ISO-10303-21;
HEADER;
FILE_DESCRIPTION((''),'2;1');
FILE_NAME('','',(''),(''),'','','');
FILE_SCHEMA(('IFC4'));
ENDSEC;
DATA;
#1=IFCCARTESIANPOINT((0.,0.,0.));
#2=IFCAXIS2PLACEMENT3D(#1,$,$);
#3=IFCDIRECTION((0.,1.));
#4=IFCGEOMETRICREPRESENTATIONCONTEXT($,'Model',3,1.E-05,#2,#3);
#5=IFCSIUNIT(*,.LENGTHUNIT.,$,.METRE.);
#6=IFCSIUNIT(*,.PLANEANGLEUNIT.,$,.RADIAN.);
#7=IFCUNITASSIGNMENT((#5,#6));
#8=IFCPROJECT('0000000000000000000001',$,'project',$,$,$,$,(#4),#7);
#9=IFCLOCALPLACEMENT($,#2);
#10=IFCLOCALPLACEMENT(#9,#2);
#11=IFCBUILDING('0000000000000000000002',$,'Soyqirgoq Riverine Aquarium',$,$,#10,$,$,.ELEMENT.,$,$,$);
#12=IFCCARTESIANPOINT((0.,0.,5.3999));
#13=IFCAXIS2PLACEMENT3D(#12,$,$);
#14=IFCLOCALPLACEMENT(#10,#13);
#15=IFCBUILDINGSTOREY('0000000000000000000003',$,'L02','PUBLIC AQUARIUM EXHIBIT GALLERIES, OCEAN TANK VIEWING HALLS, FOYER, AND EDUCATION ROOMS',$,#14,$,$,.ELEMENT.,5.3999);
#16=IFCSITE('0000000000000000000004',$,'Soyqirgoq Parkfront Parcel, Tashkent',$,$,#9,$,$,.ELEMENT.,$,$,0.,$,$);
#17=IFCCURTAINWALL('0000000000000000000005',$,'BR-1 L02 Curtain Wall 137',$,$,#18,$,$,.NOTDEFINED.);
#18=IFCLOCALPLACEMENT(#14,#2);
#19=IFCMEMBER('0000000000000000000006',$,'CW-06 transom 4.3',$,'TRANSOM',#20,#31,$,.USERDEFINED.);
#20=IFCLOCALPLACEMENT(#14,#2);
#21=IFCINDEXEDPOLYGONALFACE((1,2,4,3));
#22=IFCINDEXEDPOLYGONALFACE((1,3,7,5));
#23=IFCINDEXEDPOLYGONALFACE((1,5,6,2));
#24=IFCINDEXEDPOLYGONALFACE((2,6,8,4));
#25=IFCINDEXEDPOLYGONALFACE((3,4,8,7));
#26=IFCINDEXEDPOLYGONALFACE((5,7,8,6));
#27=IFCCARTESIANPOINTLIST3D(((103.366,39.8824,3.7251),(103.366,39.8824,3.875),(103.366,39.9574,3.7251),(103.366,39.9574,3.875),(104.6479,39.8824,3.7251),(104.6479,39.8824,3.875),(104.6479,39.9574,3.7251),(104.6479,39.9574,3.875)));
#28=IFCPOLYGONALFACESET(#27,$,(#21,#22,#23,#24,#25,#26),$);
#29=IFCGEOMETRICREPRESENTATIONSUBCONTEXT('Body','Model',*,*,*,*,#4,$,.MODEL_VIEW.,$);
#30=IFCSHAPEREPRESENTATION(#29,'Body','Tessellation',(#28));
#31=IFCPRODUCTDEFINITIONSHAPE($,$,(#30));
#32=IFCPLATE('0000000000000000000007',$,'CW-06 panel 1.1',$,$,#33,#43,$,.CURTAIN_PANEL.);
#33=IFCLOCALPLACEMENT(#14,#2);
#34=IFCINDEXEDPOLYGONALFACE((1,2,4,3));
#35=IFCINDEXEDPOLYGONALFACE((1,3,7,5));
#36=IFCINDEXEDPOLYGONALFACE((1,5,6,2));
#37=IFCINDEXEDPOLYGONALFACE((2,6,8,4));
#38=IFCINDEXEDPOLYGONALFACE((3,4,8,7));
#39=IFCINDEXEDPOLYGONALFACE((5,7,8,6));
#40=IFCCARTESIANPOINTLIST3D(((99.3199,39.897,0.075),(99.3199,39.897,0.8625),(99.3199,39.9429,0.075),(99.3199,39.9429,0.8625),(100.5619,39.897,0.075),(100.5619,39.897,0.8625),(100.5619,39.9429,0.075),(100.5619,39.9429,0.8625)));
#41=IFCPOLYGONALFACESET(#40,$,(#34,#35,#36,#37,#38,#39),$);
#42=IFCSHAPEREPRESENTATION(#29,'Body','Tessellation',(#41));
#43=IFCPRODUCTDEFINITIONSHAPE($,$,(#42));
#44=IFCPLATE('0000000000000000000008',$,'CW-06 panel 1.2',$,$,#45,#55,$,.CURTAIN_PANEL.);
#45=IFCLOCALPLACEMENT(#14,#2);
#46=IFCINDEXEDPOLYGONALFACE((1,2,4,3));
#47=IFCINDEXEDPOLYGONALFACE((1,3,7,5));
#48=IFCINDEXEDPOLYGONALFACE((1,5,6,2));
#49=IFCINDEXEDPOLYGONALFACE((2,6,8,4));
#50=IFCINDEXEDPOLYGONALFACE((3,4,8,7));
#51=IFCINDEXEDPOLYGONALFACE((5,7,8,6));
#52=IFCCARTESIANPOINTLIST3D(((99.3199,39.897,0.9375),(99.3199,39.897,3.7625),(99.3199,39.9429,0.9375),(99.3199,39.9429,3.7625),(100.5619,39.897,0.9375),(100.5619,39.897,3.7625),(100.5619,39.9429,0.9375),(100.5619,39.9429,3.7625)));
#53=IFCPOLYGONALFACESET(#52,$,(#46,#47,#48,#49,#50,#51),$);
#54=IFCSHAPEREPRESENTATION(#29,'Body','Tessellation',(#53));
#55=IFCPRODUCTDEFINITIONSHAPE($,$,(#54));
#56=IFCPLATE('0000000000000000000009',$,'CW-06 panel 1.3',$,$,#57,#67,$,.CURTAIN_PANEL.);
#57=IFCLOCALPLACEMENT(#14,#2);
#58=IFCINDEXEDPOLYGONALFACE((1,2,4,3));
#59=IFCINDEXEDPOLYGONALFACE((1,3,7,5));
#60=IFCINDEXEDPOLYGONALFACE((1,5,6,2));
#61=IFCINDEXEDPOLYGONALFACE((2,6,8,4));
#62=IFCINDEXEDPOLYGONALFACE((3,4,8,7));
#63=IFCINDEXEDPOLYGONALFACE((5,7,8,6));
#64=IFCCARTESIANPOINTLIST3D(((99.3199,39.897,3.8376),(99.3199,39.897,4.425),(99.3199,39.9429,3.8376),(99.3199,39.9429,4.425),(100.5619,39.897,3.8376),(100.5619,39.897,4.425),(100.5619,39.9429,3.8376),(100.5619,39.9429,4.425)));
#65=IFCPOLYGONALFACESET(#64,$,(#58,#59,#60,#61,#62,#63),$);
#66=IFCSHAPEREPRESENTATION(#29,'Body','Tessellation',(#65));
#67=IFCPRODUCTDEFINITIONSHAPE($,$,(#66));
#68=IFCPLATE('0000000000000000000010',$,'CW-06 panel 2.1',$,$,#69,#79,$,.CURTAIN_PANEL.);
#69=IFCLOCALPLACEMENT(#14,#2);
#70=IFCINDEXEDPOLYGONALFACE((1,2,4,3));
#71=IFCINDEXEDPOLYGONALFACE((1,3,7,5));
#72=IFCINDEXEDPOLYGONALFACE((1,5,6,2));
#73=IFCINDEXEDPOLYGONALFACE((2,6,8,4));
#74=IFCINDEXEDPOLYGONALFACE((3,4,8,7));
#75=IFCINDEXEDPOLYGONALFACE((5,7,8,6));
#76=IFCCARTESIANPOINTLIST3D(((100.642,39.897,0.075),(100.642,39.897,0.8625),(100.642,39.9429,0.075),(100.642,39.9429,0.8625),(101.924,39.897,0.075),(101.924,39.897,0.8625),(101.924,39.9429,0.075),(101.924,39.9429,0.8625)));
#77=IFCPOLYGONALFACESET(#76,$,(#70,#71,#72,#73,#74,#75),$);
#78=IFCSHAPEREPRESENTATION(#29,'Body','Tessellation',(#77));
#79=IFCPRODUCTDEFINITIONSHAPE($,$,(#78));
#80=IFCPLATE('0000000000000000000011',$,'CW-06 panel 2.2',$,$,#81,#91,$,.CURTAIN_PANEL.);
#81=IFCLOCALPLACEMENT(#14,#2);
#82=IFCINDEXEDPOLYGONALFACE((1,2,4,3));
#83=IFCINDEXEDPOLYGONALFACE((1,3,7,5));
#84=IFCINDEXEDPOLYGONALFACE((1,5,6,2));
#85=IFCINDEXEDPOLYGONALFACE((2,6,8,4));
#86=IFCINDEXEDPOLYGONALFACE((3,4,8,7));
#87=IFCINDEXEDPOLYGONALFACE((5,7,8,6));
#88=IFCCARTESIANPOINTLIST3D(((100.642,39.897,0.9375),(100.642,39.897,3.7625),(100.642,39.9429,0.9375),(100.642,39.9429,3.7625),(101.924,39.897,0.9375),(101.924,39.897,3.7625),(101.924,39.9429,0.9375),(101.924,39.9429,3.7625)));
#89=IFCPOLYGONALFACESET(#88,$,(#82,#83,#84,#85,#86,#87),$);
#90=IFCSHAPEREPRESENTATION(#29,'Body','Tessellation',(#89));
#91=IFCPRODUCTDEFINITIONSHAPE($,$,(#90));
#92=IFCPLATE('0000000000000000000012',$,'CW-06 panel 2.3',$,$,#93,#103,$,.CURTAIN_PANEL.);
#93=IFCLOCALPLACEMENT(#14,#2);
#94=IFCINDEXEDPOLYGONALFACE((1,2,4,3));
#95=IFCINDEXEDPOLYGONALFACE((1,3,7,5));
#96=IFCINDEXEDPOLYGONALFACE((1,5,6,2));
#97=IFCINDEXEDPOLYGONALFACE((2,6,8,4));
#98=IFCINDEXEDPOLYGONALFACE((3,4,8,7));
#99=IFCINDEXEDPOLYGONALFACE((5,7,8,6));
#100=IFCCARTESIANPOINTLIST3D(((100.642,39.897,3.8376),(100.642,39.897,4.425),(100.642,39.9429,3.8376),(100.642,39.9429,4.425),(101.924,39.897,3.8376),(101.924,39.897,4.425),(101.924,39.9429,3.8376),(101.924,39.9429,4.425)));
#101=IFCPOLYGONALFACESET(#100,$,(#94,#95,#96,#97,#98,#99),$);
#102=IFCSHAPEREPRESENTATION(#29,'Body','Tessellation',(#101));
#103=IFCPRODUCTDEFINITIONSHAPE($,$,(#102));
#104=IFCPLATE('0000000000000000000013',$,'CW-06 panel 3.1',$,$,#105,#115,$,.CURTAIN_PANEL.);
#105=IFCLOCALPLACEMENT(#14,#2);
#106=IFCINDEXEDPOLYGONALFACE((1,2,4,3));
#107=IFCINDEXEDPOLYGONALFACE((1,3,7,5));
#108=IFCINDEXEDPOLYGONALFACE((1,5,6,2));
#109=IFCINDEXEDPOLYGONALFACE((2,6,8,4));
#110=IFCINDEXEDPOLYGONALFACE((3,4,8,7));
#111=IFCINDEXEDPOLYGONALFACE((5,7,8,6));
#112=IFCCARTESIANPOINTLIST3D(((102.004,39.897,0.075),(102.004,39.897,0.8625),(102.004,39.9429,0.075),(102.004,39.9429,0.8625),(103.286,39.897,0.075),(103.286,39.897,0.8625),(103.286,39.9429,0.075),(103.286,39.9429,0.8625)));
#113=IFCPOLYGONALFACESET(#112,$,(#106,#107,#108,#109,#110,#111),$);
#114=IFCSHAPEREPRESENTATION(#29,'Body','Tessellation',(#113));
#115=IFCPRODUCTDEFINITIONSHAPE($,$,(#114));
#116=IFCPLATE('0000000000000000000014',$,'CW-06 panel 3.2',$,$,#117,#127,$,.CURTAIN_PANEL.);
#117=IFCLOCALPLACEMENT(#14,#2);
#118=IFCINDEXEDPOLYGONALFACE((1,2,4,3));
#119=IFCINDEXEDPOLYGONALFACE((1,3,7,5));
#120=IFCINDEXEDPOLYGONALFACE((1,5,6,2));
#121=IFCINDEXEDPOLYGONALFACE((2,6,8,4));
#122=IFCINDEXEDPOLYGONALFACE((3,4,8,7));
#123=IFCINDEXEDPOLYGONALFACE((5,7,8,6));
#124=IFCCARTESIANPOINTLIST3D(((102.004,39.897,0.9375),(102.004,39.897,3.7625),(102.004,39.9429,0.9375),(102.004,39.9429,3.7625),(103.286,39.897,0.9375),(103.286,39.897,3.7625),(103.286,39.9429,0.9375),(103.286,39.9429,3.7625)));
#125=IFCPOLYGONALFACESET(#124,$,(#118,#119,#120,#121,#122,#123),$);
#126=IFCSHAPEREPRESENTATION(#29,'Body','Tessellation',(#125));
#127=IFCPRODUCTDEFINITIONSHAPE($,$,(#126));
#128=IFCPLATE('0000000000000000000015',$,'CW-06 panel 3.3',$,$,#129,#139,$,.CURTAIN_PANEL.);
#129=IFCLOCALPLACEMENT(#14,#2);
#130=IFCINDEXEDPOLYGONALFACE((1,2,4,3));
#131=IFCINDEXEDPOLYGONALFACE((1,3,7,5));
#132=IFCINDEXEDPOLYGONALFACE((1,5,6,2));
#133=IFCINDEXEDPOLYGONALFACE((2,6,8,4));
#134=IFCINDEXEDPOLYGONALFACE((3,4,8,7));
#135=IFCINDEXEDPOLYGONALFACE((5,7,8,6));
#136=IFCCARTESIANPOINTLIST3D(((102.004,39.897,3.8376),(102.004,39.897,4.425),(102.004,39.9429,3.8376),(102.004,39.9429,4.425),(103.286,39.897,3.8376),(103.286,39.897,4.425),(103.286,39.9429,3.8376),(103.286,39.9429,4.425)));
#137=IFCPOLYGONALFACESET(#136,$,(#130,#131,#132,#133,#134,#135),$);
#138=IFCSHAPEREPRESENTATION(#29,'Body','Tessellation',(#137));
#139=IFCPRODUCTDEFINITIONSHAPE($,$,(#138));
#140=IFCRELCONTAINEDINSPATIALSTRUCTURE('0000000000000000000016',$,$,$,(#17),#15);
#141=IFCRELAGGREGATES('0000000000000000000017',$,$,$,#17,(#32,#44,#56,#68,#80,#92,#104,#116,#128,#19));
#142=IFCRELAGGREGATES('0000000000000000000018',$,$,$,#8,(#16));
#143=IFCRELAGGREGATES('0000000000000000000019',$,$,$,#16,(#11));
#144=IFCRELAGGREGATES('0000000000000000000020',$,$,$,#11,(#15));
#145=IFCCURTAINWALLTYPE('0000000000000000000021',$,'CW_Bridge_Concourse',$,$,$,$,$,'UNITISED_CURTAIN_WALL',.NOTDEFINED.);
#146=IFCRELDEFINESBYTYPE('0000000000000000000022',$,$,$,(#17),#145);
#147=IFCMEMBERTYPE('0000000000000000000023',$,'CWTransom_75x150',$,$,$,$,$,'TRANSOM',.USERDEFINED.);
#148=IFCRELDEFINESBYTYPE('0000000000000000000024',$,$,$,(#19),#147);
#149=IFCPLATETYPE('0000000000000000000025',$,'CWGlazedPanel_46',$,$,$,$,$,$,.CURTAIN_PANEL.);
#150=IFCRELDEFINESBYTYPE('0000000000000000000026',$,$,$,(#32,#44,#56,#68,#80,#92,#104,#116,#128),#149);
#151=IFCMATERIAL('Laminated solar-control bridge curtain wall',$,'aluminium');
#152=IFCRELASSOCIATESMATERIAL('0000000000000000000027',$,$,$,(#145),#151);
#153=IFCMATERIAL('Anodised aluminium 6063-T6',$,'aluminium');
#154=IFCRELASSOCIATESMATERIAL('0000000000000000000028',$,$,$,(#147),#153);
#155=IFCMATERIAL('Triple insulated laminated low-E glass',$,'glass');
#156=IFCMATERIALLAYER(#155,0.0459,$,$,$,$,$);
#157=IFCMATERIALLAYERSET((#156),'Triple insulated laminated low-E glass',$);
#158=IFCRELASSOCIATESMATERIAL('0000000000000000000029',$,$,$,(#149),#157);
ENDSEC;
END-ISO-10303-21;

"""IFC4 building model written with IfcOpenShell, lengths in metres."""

from ifc_helpers import new_model, si_unit, direction, frame, origin, origin_2d, place, context, subcontext, project, spatial, rectangle, extrude, material, layer, layer_set, material_profile, profile_set, type_object, element, aggregate, save


model = new_model("IFC4")

# Units and contexts
model_context = context("Model", 3, precision=1e-05, world=origin(), true_north=direction((0.0, 1.0)))
body_context = subcontext(model_context, "Body", "Model", "MODEL_VIEW")
ifc_project = project(units=[si_unit("LENGTHUNIT", "METRE"), si_unit("PLANEANGLEUNIT", "RADIAN")], contexts=[model_context])

# Site, building, storey
site_placement = place(None, origin())
site = spatial("IfcSite", under=ifc_project, at=site_placement, Name="Soyqirgoq Parkfront Parcel, Tashkent", CompositionType="ELEMENT", RefElevation=0.0)
building_placement = place(site_placement, origin())
building = spatial("IfcBuilding", under=site, at=building_placement, Name="Soyqirgoq Riverine Aquarium", CompositionType="ELEMENT")
storey_placement = place(building_placement, frame((0.0, 0.0, 5.3999)))
storey = spatial("IfcBuildingStorey", under=building, at=storey_placement, Name="L02", Description="PUBLIC AQUARIUM EXHIBIT GALLERIES, OCEAN TANK VIEWING HALLS, FOYER, AND EDUCATION ROOMS", CompositionType="ELEMENT", Elevation=5.3999)

# Curtain wall, member, plates
ifc_material_1 = material(Name="Laminated solar-control bridge curtain wall", Category="aluminium")
curtain_wall_type = type_object("IfcCurtainWallType", Name="CW_Bridge_Concourse", ElementType="UNITISED_CURTAIN_WALL", PredefinedType="NOTDEFINED", material=ifc_material_1)
curtain_wall_placement = place(storey_placement, origin())
curtain_wall = element("IfcCurtainWall", 1, at=curtain_wall_placement, inside=storey, type_object=curtain_wall_type, Name="BR-1 L02 Curtain Wall 137", PredefinedType="NOTDEFINED")
ifc_material_2 = material(Name="Anodised aluminium 6063-T6", Category="aluminium")
ifc_material_profile_1 = material_profile(ifc_material_2, rectangle(XDim=0.075, YDim=0.1499, at=origin_2d()), Name="ALU-T 75x150")
ifc_profile_set_1 = profile_set([ifc_material_profile_1], Name="Anodised aluminium 6063-T6")
member_type_1 = type_object("IfcMemberType", Name="CWTransom_75x150", ElementType="TRANSOM", PredefinedType="USERDEFINED", material=ifc_profile_set_1)
member_1_placement = place(storey_placement, frame((103.366, 39.9199, 3.8), z_axis=(1.0, 0.0, 0.0), x_axis=(0.0, 1.0, 0.0)))
member_1 = element("IfcMember", 2, at=member_1_placement, type_object=member_type_1, Name="CW-06 transom 4.3", ObjectType="TRANSOM", PredefinedType="USERDEFINED", context=body_context, shape_type="SweptSolid", body=[
    extrude(rectangle(XDim=0.075, YDim=0.1499, at=origin_2d()), origin(), (0.0, 0.0, 1.0), 1.282),
])
ifc_material_3 = material(Name="Triple insulated laminated low-E glass", Category="glass")
ifc_layer = layer(ifc_material_3, 0.0459)
ifc_layer_set = layer_set([ifc_layer], Name="Triple insulated laminated low-E glass")
plate_type = type_object("IfcPlateType", Name="CWGlazedPanel_46", PredefinedType="CURTAIN_PANEL", material=ifc_layer_set)
plate_1_placement = place(storey_placement, frame((99.9409, 39.9199, 0.075), z_axis=(0.0, 0.0, 1.0), x_axis=(1.0, 0.0, 0.0)))
plate_1 = element("IfcPlate", 3, at=plate_1_placement, type_object=plate_type, Name="CW-06 panel 1.1", PredefinedType="CURTAIN_PANEL", context=body_context, shape_type="SweptSolid", body=[
    extrude(rectangle(XDim=1.2419, YDim=0.0459, at=origin_2d()), origin(), (0.0, 0.0, 1.0), 0.7876),
])
plate_2_placement = place(storey_placement, frame((99.9409, 39.9199, 0.9375), z_axis=(0.0, 0.0, 1.0), x_axis=(1.0, 0.0, 0.0)))
plate_2 = element("IfcPlate", 4, at=plate_2_placement, type_object=plate_type, Name="CW-06 panel 1.2", PredefinedType="CURTAIN_PANEL", context=body_context, shape_type="SweptSolid", body=[
    extrude(rectangle(XDim=1.2419, YDim=0.0459, at=origin_2d()), origin(), (0.0, 0.0, 1.0), 2.825),
])
plate_3_placement = place(storey_placement, frame((99.9409, 39.9199, 3.8376), z_axis=(0.0, 0.0, 1.0), x_axis=(1.0, 0.0, 0.0)))
plate_3 = element("IfcPlate", 5, at=plate_3_placement, type_object=plate_type, Name="CW-06 panel 1.3", PredefinedType="CURTAIN_PANEL", context=body_context, shape_type="SweptSolid", body=[
    extrude(rectangle(XDim=1.2419, YDim=0.0459, at=origin_2d()), origin(), (0.0, 0.0, 1.0), 0.5874),
])
plate_4_placement = place(storey_placement, frame((101.283, 39.9199, 0.075), z_axis=(0.0, 0.0, 1.0), x_axis=(1.0, 0.0, 0.0)))
plate_4 = element("IfcPlate", 6, at=plate_4_placement, type_object=plate_type, Name="CW-06 panel 2.1", PredefinedType="CURTAIN_PANEL", context=body_context, shape_type="SweptSolid", body=[
    extrude(rectangle(XDim=1.282, YDim=0.0459, at=origin_2d()), origin(), (0.0, 0.0, 1.0), 0.7876),
])
plate_5_placement = place(storey_placement, frame((101.283, 39.9199, 0.9375), z_axis=(0.0, 0.0, 1.0), x_axis=(1.0, 0.0, 0.0)))
plate_5 = element("IfcPlate", 7, at=plate_5_placement, type_object=plate_type, Name="CW-06 panel 2.2", PredefinedType="CURTAIN_PANEL", context=body_context, shape_type="SweptSolid", body=[
    extrude(rectangle(XDim=1.282, YDim=0.0459, at=origin_2d()), origin(), (0.0, 0.0, 1.0), 2.825),
])
plate_6_placement = place(storey_placement, frame((101.283, 39.9199, 3.8376), z_axis=(0.0, 0.0, 1.0), x_axis=(1.0, 0.0, 0.0)))
plate_6 = element("IfcPlate", 8, at=plate_6_placement, type_object=plate_type, Name="CW-06 panel 2.3", PredefinedType="CURTAIN_PANEL", context=body_context, shape_type="SweptSolid", body=[
    extrude(rectangle(XDim=1.282, YDim=0.0459, at=origin_2d()), origin(), (0.0, 0.0, 1.0), 0.5874),
])
plate_7_placement = place(storey_placement, frame((102.645, 39.9199, 0.075), z_axis=(0.0, 0.0, 1.0), x_axis=(1.0, 0.0, 0.0)))
plate_7 = element("IfcPlate", 9, at=plate_7_placement, type_object=plate_type, Name="CW-06 panel 3.1", PredefinedType="CURTAIN_PANEL", context=body_context, shape_type="SweptSolid", body=[
    extrude(rectangle(XDim=1.282, YDim=0.0459, at=origin_2d()), origin(), (0.0, 0.0, 1.0), 0.7876),
])
plate_8_placement = place(storey_placement, frame((102.645, 39.9199, 0.9375), z_axis=(0.0, 0.0, 1.0), x_axis=(1.0, 0.0, 0.0)))
plate_8 = element("IfcPlate", 10, at=plate_8_placement, type_object=plate_type, Name="CW-06 panel 3.2", PredefinedType="CURTAIN_PANEL", context=body_context, shape_type="SweptSolid", body=[
    extrude(rectangle(XDim=1.282, YDim=0.0459, at=origin_2d()), origin(), (0.0, 0.0, 1.0), 2.825),
])
plate_9_placement = place(storey_placement, frame((102.645, 39.9199, 3.8376), z_axis=(0.0, 0.0, 1.0), x_axis=(1.0, 0.0, 0.0)))
plate_9 = element("IfcPlate", 11, at=plate_9_placement, type_object=plate_type, Name="CW-06 panel 3.3", PredefinedType="CURTAIN_PANEL", context=body_context, shape_type="SweptSolid", body=[
    extrude(rectangle(XDim=1.282, YDim=0.0459, at=origin_2d()), origin(), (0.0, 0.0, 1.0), 0.5874),
])
aggregate(curtain_wall, [plate_1, plate_2, plate_3, plate_4, plate_5, plate_6, plate_7, plate_8, plate_9, member_1])

save(model, "model.ifc")
